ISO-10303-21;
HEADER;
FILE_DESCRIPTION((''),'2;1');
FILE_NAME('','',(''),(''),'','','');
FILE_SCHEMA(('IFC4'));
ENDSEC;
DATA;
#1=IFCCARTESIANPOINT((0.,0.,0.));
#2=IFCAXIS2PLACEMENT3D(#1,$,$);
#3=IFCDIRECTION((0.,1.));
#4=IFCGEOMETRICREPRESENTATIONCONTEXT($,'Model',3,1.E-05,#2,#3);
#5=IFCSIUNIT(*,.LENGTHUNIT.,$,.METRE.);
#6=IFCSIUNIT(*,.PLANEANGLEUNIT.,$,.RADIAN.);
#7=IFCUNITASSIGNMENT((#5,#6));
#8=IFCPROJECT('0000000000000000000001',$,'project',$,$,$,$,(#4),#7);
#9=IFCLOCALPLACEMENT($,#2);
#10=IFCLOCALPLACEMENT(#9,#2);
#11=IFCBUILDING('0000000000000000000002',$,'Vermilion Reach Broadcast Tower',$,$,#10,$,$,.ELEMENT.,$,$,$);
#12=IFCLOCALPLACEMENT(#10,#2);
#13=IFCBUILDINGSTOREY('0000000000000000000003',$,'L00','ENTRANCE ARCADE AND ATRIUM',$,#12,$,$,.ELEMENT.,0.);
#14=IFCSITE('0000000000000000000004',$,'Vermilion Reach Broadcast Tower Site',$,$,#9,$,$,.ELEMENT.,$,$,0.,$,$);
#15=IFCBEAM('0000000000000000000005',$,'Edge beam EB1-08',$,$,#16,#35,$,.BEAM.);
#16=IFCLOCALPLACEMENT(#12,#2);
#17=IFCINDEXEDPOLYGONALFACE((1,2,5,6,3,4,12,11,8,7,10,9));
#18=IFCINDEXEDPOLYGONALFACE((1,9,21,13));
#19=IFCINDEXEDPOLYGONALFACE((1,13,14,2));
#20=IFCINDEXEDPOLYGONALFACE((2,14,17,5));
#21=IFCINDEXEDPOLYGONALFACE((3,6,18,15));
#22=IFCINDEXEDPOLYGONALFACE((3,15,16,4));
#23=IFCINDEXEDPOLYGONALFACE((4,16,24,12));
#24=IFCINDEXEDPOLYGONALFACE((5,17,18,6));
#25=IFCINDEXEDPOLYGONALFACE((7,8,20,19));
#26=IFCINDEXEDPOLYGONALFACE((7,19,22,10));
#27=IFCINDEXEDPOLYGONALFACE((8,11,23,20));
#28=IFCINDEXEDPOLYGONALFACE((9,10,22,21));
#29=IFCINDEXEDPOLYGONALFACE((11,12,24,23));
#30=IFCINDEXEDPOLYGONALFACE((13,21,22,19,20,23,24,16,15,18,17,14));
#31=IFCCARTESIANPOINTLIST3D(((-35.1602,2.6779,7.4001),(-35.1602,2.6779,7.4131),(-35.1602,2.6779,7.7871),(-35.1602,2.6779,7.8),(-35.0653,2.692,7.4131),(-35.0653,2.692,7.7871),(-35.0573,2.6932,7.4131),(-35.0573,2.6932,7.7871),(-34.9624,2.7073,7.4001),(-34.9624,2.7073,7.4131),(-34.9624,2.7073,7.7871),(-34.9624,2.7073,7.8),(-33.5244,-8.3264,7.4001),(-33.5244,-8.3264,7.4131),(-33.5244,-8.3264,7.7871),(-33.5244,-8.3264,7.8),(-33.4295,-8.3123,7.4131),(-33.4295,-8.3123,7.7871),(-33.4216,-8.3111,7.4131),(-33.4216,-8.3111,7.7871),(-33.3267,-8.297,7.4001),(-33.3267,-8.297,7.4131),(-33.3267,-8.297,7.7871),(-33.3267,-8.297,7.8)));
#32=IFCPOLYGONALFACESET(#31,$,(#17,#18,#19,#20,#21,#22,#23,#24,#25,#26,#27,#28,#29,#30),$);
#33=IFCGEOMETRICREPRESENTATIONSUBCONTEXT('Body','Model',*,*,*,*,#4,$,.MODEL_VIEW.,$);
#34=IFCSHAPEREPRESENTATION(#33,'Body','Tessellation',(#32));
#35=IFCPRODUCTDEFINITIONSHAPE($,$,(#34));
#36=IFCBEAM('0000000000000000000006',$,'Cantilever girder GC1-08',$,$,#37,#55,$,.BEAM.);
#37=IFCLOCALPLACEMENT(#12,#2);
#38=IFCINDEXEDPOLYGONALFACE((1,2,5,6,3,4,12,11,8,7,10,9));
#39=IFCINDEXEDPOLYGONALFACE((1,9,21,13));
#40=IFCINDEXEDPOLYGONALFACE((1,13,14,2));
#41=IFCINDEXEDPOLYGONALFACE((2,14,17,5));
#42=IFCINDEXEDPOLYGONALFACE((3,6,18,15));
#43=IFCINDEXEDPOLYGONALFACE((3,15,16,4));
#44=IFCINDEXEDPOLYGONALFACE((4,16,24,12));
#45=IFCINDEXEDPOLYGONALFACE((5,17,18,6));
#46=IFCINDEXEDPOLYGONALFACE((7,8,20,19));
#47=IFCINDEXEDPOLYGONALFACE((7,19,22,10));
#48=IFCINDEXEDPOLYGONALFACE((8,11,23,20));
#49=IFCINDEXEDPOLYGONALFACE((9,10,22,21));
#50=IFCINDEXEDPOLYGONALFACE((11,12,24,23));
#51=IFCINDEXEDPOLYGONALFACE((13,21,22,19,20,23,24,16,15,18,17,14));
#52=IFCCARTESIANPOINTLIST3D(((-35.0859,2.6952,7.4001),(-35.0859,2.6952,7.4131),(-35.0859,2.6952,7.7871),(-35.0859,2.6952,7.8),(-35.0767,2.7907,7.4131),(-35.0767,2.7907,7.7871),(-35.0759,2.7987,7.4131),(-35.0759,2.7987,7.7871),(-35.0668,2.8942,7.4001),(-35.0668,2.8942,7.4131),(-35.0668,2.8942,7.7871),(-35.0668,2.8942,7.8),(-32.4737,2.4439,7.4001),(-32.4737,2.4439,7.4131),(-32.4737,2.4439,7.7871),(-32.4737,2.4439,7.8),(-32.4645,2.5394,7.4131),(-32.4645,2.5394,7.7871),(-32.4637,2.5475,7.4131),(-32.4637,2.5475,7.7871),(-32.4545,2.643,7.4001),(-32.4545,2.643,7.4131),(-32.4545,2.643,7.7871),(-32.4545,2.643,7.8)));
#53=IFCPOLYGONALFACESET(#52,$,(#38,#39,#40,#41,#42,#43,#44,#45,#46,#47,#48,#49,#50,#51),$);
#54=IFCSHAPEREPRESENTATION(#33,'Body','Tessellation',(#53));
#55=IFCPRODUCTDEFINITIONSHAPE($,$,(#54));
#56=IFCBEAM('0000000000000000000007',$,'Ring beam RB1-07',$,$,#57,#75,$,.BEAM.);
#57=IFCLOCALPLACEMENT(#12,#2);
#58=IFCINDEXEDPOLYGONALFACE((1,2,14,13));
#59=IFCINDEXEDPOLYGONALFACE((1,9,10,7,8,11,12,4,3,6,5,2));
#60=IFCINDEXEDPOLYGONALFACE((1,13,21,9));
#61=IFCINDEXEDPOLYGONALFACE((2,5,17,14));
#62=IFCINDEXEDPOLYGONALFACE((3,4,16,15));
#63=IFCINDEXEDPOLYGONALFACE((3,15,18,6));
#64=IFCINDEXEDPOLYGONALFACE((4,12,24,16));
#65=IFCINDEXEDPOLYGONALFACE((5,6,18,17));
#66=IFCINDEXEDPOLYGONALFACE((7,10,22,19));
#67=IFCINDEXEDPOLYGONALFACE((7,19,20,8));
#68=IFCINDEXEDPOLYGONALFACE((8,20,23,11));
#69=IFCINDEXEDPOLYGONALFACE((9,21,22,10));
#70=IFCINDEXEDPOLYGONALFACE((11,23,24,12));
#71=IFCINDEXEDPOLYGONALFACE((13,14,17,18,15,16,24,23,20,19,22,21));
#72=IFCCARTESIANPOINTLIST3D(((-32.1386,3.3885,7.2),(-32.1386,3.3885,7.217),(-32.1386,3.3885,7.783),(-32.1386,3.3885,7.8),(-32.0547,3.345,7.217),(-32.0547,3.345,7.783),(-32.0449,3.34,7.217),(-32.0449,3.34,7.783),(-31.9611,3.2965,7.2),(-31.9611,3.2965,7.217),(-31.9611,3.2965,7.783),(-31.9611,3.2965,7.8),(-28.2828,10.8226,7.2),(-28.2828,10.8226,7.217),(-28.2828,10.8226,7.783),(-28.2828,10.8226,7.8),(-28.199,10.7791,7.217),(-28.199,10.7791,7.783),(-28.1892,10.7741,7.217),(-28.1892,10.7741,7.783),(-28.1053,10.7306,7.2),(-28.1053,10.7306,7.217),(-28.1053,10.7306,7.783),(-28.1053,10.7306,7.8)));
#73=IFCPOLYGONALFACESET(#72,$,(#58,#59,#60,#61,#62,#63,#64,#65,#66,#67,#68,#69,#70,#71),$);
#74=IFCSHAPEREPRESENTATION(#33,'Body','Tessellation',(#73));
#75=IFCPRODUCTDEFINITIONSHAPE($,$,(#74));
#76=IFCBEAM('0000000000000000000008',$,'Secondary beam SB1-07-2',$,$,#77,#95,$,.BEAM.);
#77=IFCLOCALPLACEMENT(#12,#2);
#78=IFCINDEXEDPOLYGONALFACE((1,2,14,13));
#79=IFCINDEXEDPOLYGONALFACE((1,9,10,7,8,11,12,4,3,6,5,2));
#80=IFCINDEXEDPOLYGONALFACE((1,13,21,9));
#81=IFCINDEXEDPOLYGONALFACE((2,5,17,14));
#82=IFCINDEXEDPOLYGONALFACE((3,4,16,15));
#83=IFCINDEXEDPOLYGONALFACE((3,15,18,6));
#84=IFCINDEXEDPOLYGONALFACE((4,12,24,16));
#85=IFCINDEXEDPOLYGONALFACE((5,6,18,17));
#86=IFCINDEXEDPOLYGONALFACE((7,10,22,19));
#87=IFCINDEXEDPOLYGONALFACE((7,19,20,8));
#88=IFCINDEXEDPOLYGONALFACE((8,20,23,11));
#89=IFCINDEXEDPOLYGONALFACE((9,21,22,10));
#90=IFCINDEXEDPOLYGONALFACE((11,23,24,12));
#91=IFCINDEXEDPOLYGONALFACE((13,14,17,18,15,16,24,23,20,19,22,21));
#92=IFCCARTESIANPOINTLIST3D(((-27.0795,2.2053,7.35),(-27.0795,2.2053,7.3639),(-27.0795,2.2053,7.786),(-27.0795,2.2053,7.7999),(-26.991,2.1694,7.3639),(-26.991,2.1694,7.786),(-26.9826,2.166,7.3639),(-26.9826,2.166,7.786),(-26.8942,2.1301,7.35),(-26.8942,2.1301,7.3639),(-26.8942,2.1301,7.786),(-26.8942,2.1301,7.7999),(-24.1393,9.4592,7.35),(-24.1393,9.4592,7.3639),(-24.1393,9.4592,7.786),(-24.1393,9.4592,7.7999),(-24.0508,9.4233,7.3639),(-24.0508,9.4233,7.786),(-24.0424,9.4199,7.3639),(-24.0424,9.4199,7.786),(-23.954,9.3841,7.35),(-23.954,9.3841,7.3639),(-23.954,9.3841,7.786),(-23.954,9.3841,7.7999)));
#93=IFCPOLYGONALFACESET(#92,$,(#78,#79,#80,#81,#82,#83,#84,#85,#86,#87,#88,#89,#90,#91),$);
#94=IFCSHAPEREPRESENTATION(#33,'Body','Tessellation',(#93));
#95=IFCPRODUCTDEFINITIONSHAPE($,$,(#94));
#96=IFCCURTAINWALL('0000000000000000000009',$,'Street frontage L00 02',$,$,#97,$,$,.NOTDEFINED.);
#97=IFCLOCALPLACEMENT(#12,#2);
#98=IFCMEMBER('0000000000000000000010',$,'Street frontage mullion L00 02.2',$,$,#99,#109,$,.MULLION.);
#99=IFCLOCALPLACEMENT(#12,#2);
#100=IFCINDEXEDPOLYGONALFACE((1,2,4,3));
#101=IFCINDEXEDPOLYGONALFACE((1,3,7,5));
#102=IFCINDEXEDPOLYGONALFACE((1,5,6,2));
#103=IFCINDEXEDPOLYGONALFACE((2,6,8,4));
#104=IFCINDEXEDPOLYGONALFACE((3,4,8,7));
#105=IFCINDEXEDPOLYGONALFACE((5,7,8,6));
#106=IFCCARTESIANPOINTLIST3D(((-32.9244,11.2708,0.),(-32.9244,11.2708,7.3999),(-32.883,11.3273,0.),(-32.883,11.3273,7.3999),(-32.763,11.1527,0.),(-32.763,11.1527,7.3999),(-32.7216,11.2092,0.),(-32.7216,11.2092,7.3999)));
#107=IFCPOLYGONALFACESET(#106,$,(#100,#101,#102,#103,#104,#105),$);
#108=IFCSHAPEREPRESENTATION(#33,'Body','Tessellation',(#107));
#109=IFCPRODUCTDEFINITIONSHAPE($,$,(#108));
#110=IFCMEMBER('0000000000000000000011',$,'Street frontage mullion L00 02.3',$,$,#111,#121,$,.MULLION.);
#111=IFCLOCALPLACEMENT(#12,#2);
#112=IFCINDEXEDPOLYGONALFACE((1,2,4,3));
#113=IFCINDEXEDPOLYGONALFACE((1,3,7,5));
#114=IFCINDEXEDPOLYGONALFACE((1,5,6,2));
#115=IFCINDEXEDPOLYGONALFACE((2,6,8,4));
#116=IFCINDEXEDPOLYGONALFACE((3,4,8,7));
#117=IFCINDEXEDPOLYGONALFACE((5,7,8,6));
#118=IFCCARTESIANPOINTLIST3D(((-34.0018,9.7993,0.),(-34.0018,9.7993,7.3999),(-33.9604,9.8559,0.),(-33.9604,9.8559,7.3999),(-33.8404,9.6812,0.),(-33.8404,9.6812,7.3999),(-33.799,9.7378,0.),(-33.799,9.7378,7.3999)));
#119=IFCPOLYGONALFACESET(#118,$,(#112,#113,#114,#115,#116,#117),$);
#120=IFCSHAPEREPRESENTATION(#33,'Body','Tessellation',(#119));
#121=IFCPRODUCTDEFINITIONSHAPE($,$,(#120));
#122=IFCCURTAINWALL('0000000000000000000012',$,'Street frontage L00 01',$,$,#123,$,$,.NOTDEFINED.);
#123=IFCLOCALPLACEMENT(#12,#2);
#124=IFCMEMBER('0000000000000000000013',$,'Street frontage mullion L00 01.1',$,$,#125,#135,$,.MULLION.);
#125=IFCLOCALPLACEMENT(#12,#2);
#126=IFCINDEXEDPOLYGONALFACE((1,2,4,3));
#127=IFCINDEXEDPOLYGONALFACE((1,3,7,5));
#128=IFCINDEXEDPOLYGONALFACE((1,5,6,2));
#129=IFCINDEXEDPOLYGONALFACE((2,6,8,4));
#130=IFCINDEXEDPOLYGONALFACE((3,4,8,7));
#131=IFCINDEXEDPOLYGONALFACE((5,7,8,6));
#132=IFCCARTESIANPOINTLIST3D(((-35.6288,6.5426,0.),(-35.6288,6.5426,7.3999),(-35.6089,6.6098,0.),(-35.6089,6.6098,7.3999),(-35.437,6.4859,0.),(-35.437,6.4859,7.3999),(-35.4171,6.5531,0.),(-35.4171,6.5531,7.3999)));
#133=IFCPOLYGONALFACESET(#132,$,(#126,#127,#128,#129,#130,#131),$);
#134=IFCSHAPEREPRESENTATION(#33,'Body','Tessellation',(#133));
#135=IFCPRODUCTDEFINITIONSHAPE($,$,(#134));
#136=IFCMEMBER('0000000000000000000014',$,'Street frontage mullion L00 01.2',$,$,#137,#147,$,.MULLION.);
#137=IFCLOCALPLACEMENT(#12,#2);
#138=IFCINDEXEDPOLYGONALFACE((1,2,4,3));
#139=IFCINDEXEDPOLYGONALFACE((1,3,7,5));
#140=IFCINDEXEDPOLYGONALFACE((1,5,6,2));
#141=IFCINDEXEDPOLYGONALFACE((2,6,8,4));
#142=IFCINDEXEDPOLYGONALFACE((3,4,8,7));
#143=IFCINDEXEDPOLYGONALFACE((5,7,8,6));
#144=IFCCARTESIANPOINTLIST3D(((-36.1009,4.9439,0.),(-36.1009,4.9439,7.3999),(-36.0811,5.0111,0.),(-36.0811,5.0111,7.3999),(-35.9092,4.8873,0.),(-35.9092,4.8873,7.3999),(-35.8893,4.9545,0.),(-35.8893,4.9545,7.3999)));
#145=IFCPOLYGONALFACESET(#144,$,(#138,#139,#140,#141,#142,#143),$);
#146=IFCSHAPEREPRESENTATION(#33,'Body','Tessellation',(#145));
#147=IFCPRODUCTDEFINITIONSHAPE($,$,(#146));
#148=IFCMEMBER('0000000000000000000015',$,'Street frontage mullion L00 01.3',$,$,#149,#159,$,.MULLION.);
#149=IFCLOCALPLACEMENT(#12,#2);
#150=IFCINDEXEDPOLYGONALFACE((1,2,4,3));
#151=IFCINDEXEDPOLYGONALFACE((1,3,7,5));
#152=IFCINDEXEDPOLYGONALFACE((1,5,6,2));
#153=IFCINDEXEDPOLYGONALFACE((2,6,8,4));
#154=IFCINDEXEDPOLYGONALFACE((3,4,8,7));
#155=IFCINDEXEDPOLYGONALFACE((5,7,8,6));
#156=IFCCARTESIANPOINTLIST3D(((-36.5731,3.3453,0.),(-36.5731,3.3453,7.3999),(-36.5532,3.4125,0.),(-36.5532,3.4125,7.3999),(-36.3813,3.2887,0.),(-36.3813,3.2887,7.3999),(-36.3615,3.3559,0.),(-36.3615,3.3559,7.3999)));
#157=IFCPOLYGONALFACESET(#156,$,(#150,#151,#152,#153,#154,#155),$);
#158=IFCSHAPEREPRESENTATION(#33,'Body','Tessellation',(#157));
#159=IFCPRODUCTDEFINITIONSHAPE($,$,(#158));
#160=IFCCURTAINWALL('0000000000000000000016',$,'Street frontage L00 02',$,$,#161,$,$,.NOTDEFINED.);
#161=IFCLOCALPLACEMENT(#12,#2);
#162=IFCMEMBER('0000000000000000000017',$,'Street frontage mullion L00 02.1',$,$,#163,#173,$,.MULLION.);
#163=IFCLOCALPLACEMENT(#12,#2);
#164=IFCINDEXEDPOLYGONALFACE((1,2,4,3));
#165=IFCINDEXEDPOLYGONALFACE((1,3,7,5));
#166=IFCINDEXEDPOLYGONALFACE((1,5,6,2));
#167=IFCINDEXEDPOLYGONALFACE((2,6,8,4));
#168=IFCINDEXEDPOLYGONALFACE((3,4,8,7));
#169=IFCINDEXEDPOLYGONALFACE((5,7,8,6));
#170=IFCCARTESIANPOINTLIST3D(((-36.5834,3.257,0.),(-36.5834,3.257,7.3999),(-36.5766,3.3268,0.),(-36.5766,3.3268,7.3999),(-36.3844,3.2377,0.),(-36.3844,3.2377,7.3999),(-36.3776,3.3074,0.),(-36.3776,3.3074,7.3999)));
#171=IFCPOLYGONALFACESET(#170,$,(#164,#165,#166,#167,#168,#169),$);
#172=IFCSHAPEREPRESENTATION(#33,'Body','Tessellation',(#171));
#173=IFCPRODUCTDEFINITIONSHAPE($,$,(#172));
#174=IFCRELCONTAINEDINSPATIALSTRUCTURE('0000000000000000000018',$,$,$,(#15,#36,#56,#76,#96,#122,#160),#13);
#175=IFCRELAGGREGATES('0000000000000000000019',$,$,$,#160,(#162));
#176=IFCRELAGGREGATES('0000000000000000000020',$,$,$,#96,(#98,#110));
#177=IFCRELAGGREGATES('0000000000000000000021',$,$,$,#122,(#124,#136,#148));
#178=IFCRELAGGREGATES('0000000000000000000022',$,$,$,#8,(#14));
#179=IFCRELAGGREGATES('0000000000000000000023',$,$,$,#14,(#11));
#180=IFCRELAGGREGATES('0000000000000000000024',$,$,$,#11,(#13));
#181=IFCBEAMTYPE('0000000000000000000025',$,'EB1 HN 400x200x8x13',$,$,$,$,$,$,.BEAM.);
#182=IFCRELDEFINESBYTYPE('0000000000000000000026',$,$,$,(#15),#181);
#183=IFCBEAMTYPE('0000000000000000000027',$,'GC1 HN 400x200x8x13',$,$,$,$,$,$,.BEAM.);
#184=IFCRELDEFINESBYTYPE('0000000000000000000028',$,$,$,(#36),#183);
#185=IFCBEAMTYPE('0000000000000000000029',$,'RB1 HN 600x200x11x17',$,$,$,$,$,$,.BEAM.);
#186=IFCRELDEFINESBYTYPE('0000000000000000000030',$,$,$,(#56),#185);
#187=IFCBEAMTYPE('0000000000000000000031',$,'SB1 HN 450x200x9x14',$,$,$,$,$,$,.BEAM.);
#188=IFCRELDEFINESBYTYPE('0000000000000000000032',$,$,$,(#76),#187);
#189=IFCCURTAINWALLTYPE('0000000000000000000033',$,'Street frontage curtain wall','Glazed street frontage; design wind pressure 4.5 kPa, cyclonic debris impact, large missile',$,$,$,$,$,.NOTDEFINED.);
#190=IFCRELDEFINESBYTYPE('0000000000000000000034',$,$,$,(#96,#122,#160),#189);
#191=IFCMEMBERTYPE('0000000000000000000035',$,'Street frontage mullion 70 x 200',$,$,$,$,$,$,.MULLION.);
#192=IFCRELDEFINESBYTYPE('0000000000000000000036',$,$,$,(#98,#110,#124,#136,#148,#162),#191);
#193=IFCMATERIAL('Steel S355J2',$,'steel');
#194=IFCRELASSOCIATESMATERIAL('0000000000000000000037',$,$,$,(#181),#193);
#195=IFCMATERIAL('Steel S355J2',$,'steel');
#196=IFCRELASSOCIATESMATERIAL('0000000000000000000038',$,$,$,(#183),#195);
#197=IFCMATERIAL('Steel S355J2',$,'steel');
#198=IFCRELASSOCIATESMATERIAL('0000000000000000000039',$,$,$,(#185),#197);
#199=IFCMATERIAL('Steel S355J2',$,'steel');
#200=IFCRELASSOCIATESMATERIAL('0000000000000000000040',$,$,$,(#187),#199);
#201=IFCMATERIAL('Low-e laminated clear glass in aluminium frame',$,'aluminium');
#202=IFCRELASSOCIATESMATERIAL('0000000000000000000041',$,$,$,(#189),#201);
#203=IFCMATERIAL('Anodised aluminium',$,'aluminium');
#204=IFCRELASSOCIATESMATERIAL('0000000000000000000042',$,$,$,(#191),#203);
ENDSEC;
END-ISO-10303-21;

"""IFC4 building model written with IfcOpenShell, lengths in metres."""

from ifc_helpers import new_model, si_unit, direction, frame, origin, origin_2d, place, context, subcontext, project, spatial, rectangle, i_section, extrude, material, material_profile, profile_set, type_object, element, aggregate, save


model = new_model("IFC4")

# Units and contexts
model_context = context("Model", 3, precision=1e-05, world=origin(), true_north=direction((0.0, 1.0)))
body_context = subcontext(model_context, "Body", "Model", "MODEL_VIEW")
ifc_project = project(units=[si_unit("LENGTHUNIT", "METRE"), si_unit("PLANEANGLEUNIT", "RADIAN")], contexts=[model_context])

# Site, building, storey
site_placement = place(None, origin())
site = spatial("IfcSite", under=ifc_project, at=site_placement, Name="Vermilion Reach Broadcast Tower Site", CompositionType="ELEMENT", RefElevation=0.0)
building_placement = place(site_placement, origin())
building = spatial("IfcBuilding", under=site, at=building_placement, Name="Vermilion Reach Broadcast Tower", CompositionType="ELEMENT")
storey_placement = place(building_placement, origin())
storey = spatial("IfcBuildingStorey", under=building, at=storey_placement, Name="L00", Description="ENTRANCE ARCADE AND ATRIUM", CompositionType="ELEMENT", Elevation=0.0)

# Beams
ifc_material_1 = material(Name="Steel S355J2", Category="steel")
ifc_material_profile_1 = material_profile(ifc_material_1, i_section(OverallWidth=0.2, OverallDepth=0.3999, WebThickness=0.0081, FlangeThickness=0.0129, at=origin_2d()), Name="S355J2 HN 400x200x8x13")
ifc_profile_set_1 = profile_set([ifc_material_profile_1], Name="Steel S355J2")
beam_type_1 = type_object("IfcBeamType", Name="EB1 HN 400x200x8x13", PredefinedType="BEAM", material=ifc_profile_set_1)
beam_1_placement = place(storey_placement, frame((-35.0613, 2.6926, 7.6001), z_axis=(0.147029, -0.989132, 0.0), x_axis=(0.989132, 0.147029, 0.0)))
element("IfcBeam", 1, at=beam_1_placement, inside=storey, type_object=beam_type_1, Name="Edge beam EB1-08", PredefinedType="BEAM", context=body_context, shape_type="SweptSolid", body=[
    extrude(i_section(OverallWidth=0.2, OverallDepth=0.3999, WebThickness=0.0081, FlangeThickness=0.0129, at=origin_2d()), origin(), (0.0, 0.0, 1.0), 11.1252),
])
ifc_material_2 = material(Name="Steel S355J2", Category="steel")
ifc_material_profile_2 = material_profile(ifc_material_2, i_section(OverallWidth=0.2, OverallDepth=0.3999, WebThickness=0.0081, FlangeThickness=0.0129, at=origin_2d()), Name="S355J2 HN 400x200x8x13")
ifc_profile_set_2 = profile_set([ifc_material_profile_2], Name="Steel S355J2")
beam_type_2 = type_object("IfcBeamType", Name="GC1 HN 400x200x8x13", PredefinedType="BEAM", material=ifc_profile_set_2)
beam_2_placement = place(storey_placement, frame((-32.4641, 2.5435, 7.6001), z_axis=(-0.995408, 0.095727, 0.0), x_axis=(-0.095727, -0.995408, 0.0)))
element("IfcBeam", 2, at=beam_2_placement, inside=storey, type_object=beam_type_2, Name="Cantilever girder GC1-08", PredefinedType="BEAM", context=body_context, shape_type="SweptSolid", body=[
    extrude(i_section(OverallWidth=0.2, OverallDepth=0.3999, WebThickness=0.0081, FlangeThickness=0.0129, at=origin_2d()), origin(), (0.0, 0.0, 1.0), 2.6243),
])
ifc_material_3 = material(Name="Steel S355J2", Category="steel")
ifc_material_profile_3 = material_profile(ifc_material_3, i_section(OverallWidth=0.2, OverallDepth=0.6001, WebThickness=0.011, FlangeThickness=0.0171, at=origin_2d()), Name="S355J2 HN 600x200x11x17")
ifc_profile_set_3 = profile_set([ifc_material_profile_3], Name="Steel S355J2")
beam_type_3 = type_object("IfcBeamType", Name="RB1 HN 600x200x11x17", PredefinedType="BEAM", material=ifc_profile_set_3)
beam_3_placement = place(storey_placement, frame((-28.1941, 10.7766, 7.5), z_axis=(-0.460412, -0.887706, 0.0), x_axis=(0.887706, -0.460412, 0.0)))
element("IfcBeam", 3, at=beam_3_placement, inside=storey, type_object=beam_type_3, Name="Ring beam RB1-07", PredefinedType="BEAM", context=body_context, shape_type="SweptSolid", body=[
    extrude(i_section(OverallWidth=0.2, OverallDepth=0.6001, WebThickness=0.011, FlangeThickness=0.0171, at=origin_2d()), origin(), (0.0, 0.0, 1.0), 8.3745),
])
ifc_material_4 = material(Name="Steel S355J2", Category="steel")
ifc_material_profile_4 = material_profile(ifc_material_4, i_section(OverallWidth=0.2, OverallDepth=0.45, WebThickness=0.009, FlangeThickness=0.0139, at=origin_2d()), Name="S355J2 HN 450x200x9x14")
ifc_profile_set_4 = profile_set([ifc_material_profile_4], Name="Steel S355J2")
beam_type_4 = type_object("IfcBeamType", Name="SB1 HN 450x200x9x14", PredefinedType="BEAM", material=ifc_profile_set_4)
beam_4_placement = place(storey_placement, frame((-24.0466, 9.4216, 7.575), z_axis=(-0.375641, -0.926765, 0.0), x_axis=(0.926765, -0.375641, 0.0)))
element("IfcBeam", 4, at=beam_4_placement, inside=storey, type_object=beam_type_4, Name="Secondary beam SB1-07-2", PredefinedType="BEAM", context=body_context, shape_type="SweptSolid", body=[
    extrude(i_section(OverallWidth=0.2, OverallDepth=0.45, WebThickness=0.009, FlangeThickness=0.0139, at=origin_2d()), origin(), (0.0, 0.0, 1.0), 7.8271),
])

# Curtain walls, members
ifc_material_5 = material(Name="Low-e laminated clear glass in aluminium frame", Category="aluminium")
curtain_wall_type = type_object("IfcCurtainWallType", Name="Street frontage curtain wall", Description="Glazed street frontage; design wind pressure 4.5 kPa, cyclonic debris impact, large missile", PredefinedType="NOTDEFINED", material=ifc_material_5)
placement = place(storey_placement, origin())
curtain_wall_1 = element("IfcCurtainWall", 5, at=placement, inside=storey, type_object=curtain_wall_type, Name="Street frontage L00 02", PredefinedType="NOTDEFINED")
ifc_material_6 = material(Name="Anodised aluminium", Category="aluminium")
ifc_material_profile_5 = material_profile(ifc_material_6, rectangle(XDim=0.2, YDim=0.0701, at=origin_2d()), Name="Street frontage mullion 70 x 200")
ifc_profile_set_5 = profile_set([ifc_material_profile_5], Name="Anodised aluminium")
member_type_1 = type_object("IfcMemberType", Name="Street frontage mullion 70 x 200", PredefinedType="MULLION", material=ifc_profile_set_5)
member_1_placement = place(storey_placement, frame((-32.823, 11.24, 0.0), z_axis=(0.0, 0.0, 1.0), x_axis=(0.806847, -0.59076, 0.0)))
member_1 = element("IfcMember", 6, at=member_1_placement, type_object=member_type_1, Name="Street frontage mullion L00 02.2", PredefinedType="MULLION", context=body_context, shape_type="SweptSolid", body=[
    extrude(rectangle(XDim=0.2, YDim=0.0701, at=origin_2d()), origin(), (0.0, 0.0, 1.0), 7.3999),
])
member_2_placement = place(storey_placement, frame((-33.9004, 9.7686, 0.0), z_axis=(0.0, 0.0, 1.0), x_axis=(0.806847, -0.59076, 0.0)))
member_2 = element("IfcMember", 7, at=member_2_placement, type_object=member_type_1, Name="Street frontage mullion L00 02.3", PredefinedType="MULLION", context=body_context, shape_type="SweptSolid", body=[
    extrude(rectangle(XDim=0.2, YDim=0.0701, at=origin_2d()), origin(), (0.0, 0.0, 1.0), 7.3999),
])
curtain_wall_2 = element("IfcCurtainWall", 8, at=placement, inside=storey, type_object=curtain_wall_type, Name="Street frontage L00 01", PredefinedType="NOTDEFINED")
member_3_placement = place(storey_placement, frame((-35.5229, 6.5479, 0.0), z_axis=(0.0, 0.0, 1.0), x_axis=(0.959048, -0.283245, 0.0)))
member_3 = element("IfcMember", 9, at=member_3_placement, type_object=member_type_1, Name="Street frontage mullion L00 01.1", PredefinedType="MULLION", context=body_context, shape_type="SweptSolid", body=[
    extrude(rectangle(XDim=0.2, YDim=0.0701, at=origin_2d()), origin(), (0.0, 0.0, 1.0), 7.3999),
])
member_4_placement = place(storey_placement, frame((-35.9951, 4.9492, 0.0), z_axis=(0.0, 0.0, 1.0), x_axis=(0.959048, -0.283245, 0.0)))
member_4 = element("IfcMember", 10, at=member_4_placement, type_object=member_type_1, Name="Street frontage mullion L00 01.2", PredefinedType="MULLION", context=body_context, shape_type="SweptSolid", body=[
    extrude(rectangle(XDim=0.2, YDim=0.0701, at=origin_2d()), origin(), (0.0, 0.0, 1.0), 7.3999),
])
member_5_placement = place(storey_placement, frame((-36.4673, 3.3506, 0.0), z_axis=(0.0, 0.0, 1.0), x_axis=(0.959048, -0.283245, 0.0)))
member_5 = element("IfcMember", 11, at=member_5_placement, type_object=member_type_1, Name="Street frontage mullion L00 01.3", PredefinedType="MULLION", context=body_context, shape_type="SweptSolid", body=[
    extrude(rectangle(XDim=0.2, YDim=0.0701, at=origin_2d()), origin(), (0.0, 0.0, 1.0), 7.3999),
])

# Curtain wall, member
curtain_wall_3 = element("IfcCurtainWall", 12, at=placement, inside=storey, type_object=curtain_wall_type, Name="Street frontage L00 02", PredefinedType="NOTDEFINED")
member_6_placement = place(storey_placement, frame((-36.4805, 3.2822, 0.0), z_axis=(0.0, 0.0, 1.0), x_axis=(0.995298, -0.096861, 0.0)))
member_6 = element("IfcMember", 13, at=member_6_placement, type_object=member_type_1, Name="Street frontage mullion L00 02.1", PredefinedType="MULLION", context=body_context, shape_type="SweptSolid", body=[
    extrude(rectangle(XDim=0.2, YDim=0.0701, at=origin_2d()), origin(), (0.0, 0.0, 1.0), 7.3999),
])

aggregate(curtain_wall_3, [member_6])

aggregate(curtain_wall_1, [member_1, member_2])
aggregate(curtain_wall_2, [member_3, member_4, member_5])

save(model, "model.ifc")
